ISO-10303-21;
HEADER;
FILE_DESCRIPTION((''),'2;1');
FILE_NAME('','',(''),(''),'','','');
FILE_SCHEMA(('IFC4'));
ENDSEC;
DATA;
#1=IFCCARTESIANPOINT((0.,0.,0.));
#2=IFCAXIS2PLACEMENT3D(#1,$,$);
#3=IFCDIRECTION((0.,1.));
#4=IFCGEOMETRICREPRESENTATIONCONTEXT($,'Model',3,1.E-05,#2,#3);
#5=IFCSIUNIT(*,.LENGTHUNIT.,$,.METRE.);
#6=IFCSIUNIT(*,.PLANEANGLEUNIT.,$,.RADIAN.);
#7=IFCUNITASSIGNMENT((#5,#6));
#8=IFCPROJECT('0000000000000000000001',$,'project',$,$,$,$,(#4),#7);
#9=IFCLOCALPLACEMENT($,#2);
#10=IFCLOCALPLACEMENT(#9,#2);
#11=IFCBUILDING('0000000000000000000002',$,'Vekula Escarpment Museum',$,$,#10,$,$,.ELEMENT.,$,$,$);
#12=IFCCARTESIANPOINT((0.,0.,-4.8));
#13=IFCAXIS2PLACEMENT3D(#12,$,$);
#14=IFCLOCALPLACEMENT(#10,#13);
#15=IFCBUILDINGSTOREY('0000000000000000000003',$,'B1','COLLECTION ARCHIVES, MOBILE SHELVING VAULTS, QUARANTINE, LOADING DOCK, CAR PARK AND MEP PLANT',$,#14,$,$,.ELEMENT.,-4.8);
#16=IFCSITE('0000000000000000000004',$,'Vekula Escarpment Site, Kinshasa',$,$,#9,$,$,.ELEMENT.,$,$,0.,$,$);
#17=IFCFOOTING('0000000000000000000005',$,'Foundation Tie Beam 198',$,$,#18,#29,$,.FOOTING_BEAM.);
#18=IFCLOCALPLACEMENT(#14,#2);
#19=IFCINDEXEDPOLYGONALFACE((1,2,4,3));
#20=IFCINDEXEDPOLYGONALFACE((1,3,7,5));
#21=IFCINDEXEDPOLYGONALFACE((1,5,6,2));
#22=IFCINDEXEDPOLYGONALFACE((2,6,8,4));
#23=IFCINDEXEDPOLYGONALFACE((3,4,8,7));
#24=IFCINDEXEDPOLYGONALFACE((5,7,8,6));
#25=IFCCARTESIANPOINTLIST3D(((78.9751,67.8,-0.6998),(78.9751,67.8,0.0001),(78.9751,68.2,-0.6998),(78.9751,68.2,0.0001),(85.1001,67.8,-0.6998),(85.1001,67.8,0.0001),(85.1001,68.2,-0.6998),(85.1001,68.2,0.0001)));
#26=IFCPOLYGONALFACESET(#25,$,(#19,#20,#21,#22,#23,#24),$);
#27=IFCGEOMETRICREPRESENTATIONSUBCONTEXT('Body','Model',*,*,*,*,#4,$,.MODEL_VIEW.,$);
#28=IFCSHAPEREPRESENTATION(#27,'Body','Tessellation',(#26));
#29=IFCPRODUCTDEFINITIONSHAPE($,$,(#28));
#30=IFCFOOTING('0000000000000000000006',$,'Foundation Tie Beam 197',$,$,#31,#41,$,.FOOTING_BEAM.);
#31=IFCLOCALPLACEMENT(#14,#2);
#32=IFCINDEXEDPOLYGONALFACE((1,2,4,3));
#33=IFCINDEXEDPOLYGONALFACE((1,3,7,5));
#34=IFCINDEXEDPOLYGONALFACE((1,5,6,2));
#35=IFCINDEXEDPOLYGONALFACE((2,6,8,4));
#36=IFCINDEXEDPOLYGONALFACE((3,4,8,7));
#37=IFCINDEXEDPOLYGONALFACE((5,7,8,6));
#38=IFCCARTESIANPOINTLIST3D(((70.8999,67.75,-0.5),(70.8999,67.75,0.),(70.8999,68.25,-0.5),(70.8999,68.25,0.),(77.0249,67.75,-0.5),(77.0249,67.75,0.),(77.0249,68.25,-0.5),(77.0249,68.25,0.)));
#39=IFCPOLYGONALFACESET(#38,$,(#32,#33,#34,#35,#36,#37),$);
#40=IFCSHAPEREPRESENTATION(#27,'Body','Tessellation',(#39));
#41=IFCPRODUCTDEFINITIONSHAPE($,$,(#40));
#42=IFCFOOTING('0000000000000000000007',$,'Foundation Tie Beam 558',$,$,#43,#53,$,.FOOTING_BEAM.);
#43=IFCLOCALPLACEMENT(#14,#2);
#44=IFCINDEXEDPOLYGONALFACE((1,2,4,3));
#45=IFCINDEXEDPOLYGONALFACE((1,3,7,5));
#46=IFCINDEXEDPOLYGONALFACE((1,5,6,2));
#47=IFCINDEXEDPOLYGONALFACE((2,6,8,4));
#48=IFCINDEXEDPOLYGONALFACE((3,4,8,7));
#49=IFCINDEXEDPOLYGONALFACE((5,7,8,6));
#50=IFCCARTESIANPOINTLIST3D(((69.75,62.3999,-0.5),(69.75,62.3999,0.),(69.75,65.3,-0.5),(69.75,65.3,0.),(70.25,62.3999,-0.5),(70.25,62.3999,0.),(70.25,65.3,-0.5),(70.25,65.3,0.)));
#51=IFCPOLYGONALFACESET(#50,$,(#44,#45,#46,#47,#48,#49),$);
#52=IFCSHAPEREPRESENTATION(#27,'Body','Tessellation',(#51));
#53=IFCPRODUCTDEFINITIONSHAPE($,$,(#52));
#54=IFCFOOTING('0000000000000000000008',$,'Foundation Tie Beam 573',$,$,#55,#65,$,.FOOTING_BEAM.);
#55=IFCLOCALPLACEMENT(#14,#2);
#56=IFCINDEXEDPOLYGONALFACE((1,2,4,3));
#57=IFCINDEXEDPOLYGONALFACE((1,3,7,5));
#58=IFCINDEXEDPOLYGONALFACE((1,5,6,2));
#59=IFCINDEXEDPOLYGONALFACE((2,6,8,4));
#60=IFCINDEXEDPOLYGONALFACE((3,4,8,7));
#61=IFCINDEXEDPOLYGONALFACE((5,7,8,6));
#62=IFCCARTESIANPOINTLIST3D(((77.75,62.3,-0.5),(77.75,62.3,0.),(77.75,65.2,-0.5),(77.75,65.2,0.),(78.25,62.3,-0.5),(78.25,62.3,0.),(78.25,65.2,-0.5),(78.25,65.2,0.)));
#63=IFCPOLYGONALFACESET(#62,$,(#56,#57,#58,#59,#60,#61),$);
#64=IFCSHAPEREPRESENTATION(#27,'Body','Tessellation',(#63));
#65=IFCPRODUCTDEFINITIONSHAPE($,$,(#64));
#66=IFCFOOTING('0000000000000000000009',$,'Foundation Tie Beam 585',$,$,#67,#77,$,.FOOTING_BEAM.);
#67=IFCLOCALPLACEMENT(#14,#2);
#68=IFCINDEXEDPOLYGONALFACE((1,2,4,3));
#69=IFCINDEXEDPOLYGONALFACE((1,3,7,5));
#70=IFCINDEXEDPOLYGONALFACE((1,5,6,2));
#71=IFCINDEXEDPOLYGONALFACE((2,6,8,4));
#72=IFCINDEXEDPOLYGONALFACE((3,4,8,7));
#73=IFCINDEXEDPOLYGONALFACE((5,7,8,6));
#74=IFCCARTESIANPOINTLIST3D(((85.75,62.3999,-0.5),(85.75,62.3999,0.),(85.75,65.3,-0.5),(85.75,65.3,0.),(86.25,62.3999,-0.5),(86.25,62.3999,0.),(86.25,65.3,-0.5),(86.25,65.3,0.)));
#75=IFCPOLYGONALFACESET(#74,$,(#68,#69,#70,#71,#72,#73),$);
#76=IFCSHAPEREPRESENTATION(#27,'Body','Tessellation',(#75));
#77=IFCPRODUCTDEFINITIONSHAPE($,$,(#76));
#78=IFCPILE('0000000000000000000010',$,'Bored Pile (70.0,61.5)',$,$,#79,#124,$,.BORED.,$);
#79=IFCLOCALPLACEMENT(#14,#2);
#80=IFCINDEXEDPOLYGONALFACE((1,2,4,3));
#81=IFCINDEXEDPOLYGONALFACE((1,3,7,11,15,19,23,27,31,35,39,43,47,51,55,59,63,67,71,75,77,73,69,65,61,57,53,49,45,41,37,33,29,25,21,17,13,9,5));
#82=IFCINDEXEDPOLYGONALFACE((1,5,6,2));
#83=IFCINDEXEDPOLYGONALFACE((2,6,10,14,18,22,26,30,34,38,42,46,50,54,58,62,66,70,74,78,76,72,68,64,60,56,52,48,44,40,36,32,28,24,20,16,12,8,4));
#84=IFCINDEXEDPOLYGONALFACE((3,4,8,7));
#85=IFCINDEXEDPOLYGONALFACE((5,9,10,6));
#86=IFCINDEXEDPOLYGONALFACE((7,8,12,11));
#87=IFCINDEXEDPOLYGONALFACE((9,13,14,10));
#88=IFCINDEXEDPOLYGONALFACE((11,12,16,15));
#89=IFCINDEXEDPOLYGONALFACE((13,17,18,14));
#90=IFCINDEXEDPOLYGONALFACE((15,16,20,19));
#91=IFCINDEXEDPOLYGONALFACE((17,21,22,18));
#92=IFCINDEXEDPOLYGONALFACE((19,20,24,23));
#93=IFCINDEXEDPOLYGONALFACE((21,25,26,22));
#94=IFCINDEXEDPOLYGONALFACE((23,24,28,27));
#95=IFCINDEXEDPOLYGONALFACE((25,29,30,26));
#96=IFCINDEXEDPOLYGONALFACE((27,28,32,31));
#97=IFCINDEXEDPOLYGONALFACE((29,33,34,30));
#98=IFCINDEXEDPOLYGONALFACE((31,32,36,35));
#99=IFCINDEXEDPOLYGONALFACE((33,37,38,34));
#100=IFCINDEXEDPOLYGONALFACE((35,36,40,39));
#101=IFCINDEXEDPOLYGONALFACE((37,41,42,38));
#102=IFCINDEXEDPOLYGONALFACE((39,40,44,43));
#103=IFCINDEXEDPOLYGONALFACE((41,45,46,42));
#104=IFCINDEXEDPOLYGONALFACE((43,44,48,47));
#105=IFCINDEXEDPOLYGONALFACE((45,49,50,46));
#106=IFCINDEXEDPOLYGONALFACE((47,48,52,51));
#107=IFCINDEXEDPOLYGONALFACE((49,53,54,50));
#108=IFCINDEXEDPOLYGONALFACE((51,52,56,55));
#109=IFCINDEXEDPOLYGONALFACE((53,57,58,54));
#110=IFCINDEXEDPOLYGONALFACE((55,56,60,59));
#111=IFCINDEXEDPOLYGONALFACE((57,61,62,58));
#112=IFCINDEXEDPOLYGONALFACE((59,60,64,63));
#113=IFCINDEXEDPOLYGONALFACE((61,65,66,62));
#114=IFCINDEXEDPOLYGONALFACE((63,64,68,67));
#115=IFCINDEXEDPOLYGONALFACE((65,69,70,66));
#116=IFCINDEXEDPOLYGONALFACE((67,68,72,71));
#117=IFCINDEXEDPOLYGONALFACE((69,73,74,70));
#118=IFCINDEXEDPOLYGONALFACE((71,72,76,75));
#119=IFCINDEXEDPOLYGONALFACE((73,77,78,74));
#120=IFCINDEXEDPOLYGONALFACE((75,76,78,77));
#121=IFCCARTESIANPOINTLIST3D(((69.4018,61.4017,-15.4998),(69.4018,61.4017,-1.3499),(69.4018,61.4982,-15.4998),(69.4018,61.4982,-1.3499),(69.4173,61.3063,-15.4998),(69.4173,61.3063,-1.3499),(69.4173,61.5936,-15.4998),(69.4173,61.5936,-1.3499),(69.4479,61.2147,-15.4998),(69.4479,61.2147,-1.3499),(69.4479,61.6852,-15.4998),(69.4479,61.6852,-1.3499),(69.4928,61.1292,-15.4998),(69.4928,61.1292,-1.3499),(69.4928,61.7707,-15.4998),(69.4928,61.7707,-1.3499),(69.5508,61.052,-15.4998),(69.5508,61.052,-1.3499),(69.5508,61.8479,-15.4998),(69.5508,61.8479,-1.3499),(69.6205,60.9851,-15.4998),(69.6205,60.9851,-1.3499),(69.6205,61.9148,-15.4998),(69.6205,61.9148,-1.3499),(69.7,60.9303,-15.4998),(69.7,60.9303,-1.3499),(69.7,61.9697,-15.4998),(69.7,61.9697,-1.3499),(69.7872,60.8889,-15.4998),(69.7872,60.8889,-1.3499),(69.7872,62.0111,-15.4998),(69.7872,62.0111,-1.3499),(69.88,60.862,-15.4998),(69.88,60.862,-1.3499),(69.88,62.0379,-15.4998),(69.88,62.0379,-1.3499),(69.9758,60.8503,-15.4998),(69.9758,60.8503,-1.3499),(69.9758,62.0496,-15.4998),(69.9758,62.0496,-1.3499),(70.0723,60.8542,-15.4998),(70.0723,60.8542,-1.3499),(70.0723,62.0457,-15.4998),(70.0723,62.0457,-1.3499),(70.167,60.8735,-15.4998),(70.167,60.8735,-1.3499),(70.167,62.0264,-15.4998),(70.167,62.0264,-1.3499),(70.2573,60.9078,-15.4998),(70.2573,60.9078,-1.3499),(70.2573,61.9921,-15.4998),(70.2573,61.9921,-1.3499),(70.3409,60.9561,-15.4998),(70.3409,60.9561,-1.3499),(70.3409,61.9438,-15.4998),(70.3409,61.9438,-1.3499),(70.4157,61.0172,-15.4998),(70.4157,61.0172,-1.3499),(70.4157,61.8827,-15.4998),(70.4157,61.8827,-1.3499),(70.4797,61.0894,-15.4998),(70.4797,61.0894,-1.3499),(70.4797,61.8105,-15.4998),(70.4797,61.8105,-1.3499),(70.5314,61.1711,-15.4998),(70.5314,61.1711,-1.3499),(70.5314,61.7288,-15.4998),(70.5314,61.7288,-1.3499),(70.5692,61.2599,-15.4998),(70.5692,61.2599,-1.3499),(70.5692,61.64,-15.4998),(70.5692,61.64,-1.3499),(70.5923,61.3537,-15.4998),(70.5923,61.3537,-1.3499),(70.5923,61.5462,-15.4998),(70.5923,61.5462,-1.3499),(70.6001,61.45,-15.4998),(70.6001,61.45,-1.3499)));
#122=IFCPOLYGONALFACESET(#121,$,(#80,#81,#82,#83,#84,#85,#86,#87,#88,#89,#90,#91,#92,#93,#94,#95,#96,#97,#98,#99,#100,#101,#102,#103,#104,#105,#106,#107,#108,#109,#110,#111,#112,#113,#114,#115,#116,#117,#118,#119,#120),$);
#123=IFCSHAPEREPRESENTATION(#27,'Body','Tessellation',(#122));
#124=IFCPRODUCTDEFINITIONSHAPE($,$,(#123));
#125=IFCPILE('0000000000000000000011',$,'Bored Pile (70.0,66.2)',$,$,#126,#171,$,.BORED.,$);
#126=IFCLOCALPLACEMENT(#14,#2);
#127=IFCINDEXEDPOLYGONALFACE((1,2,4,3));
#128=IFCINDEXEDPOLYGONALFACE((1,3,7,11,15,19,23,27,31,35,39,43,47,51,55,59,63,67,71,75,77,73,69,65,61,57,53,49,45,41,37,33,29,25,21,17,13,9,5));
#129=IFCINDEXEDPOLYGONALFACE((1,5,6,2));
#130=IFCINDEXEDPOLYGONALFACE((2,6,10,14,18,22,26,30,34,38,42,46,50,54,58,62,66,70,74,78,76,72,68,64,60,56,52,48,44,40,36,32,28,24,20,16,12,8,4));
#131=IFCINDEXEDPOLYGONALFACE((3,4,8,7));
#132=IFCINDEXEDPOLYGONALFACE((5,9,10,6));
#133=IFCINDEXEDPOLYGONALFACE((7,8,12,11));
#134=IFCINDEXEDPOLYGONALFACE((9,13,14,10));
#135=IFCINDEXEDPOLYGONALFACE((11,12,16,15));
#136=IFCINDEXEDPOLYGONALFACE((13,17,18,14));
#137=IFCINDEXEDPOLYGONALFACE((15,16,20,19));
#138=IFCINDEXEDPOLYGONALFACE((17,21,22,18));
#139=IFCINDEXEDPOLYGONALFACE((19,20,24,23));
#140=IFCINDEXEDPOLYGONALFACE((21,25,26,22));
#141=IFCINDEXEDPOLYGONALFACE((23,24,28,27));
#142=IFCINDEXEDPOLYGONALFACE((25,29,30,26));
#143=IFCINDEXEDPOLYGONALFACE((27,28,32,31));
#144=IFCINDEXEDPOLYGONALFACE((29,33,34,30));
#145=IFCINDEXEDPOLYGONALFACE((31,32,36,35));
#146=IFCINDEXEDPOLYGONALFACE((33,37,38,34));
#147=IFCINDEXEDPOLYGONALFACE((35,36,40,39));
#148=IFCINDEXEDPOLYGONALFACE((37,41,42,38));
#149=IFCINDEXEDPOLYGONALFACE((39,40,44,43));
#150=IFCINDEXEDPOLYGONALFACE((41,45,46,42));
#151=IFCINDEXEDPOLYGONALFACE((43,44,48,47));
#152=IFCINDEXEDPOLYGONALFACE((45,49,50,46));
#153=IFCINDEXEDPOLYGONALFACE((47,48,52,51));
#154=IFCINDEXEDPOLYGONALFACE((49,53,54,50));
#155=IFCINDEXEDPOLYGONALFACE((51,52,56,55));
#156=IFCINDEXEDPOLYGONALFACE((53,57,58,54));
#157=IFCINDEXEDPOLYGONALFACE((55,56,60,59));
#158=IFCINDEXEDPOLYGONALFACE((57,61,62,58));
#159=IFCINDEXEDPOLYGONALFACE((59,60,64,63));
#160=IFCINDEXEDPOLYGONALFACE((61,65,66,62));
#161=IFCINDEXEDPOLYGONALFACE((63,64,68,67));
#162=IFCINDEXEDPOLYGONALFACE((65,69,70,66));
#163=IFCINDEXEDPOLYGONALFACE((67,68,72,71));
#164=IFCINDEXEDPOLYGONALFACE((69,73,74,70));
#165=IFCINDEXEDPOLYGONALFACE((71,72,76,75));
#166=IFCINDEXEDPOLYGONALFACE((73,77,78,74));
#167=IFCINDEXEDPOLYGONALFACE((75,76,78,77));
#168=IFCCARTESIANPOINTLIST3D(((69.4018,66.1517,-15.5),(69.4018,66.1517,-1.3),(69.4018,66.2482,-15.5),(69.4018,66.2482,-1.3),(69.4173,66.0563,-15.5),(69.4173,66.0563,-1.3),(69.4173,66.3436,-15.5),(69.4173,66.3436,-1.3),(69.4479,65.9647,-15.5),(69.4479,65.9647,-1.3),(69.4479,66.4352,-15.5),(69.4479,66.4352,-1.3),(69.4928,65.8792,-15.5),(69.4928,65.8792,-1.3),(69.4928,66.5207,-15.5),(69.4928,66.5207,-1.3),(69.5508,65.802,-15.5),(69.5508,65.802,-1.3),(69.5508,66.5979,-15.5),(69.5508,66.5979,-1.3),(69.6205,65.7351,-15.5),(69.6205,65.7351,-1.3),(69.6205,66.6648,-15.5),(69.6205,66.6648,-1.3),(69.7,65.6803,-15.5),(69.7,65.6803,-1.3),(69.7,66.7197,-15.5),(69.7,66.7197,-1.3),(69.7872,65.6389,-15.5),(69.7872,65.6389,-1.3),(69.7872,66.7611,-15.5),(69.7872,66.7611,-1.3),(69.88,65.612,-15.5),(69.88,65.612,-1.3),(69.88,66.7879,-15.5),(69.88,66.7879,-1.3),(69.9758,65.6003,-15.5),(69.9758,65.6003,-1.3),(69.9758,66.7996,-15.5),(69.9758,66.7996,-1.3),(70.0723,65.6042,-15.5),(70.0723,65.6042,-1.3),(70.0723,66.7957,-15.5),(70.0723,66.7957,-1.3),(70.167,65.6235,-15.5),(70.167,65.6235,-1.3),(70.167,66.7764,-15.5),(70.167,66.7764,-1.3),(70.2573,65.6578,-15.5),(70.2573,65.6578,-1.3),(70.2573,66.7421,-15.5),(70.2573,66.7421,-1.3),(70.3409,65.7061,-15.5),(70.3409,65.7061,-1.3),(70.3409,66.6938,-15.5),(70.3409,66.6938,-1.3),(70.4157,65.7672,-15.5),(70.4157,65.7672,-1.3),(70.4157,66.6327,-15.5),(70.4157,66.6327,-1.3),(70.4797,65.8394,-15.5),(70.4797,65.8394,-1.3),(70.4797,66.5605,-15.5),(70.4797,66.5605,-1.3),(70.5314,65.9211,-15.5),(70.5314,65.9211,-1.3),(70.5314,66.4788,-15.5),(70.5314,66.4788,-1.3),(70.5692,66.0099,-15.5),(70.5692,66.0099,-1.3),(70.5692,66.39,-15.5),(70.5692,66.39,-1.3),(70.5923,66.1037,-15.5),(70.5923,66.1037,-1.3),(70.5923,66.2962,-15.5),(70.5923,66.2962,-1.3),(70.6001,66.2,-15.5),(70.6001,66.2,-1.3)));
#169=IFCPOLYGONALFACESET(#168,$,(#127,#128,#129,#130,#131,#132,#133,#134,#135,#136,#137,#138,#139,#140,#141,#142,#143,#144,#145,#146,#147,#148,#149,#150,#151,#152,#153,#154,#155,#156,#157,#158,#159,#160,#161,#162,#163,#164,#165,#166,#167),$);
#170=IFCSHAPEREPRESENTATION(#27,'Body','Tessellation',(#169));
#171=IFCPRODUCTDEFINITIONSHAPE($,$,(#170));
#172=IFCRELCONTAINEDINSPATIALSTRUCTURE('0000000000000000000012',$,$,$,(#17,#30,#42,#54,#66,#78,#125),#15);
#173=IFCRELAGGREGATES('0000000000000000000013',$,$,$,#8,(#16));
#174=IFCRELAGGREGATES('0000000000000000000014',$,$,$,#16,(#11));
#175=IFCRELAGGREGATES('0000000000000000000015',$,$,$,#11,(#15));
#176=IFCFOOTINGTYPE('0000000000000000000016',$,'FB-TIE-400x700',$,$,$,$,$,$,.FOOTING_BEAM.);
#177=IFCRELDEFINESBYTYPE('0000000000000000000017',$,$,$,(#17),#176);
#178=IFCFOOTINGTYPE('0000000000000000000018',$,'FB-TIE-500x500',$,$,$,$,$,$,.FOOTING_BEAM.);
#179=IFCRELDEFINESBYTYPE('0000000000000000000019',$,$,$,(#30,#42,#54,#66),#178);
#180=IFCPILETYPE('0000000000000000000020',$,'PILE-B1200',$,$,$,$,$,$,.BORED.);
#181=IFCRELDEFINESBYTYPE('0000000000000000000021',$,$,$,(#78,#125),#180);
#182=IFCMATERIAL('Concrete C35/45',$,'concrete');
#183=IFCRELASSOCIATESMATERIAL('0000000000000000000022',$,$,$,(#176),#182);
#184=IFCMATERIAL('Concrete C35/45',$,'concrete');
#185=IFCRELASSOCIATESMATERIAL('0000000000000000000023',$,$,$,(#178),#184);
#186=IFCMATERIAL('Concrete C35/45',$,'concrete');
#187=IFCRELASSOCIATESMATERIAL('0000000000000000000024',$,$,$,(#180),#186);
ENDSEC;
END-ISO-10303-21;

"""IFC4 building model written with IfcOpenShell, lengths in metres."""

from ifc_helpers import new_model, si_unit, direction, frame, origin, origin_2d, place, context, subcontext, project, spatial, rectangle, circle, extrude, material, material_profile, profile_set, type_object, element, save


model = new_model("IFC4")

# Units and contexts
model_context = context("Model", 3, precision=1e-05, world=origin(), true_north=direction((0.0, 1.0)))
body_context = subcontext(model_context, "Body", "Model", "MODEL_VIEW")
ifc_project = project(units=[si_unit("LENGTHUNIT", "METRE"), si_unit("PLANEANGLEUNIT", "RADIAN")], contexts=[model_context])

# Site, building, storey
site_placement = place(None, origin())
site = spatial("IfcSite", under=ifc_project, at=site_placement, Name="Vekula Escarpment Site, Kinshasa", CompositionType="ELEMENT", RefElevation=0.0)
building_placement = place(site_placement, origin())
building = spatial("IfcBuilding", under=site, at=building_placement, Name="Vekula Escarpment Museum", CompositionType="ELEMENT")
storey_placement = place(building_placement, frame((0.0, 0.0, -4.8)))
storey = spatial("IfcBuildingStorey", under=building, at=storey_placement, Name="B1", Description="COLLECTION ARCHIVES, MOBILE SHELVING VAULTS, QUARANTINE, LOADING DOCK, CAR PARK AND MEP PLANT", CompositionType="ELEMENT", Elevation=-4.8)

# Footings
ifc_material_1 = material(Name="Concrete C35/45", Category="concrete")
ifc_material_profile_1 = material_profile(ifc_material_1, rectangle(XDim=0.3999, YDim=0.7, at=origin_2d()), Name="RC 400x700")
ifc_profile_set_1 = profile_set([ifc_material_profile_1], Name="Concrete C35/45")
footing_type_1 = type_object("IfcFootingType", Name="FB-TIE-400x700", PredefinedType="FOOTING_BEAM", material=ifc_profile_set_1)
footing_1_placement = place(storey_placement, frame((78.9751, 68.0, -0.3499), z_axis=(1.0, 0.0, 0.0), x_axis=(0.0, 1.0, 0.0)))
element("IfcFooting", 1, at=footing_1_placement, inside=storey, type_object=footing_type_1, Name="Foundation Tie Beam 198", PredefinedType="FOOTING_BEAM", context=body_context, shape_type="SweptSolid", body=[
    extrude(rectangle(XDim=0.3999, YDim=0.7, at=origin_2d()), origin(), (0.0, 0.0, 1.0), 6.125),
])
ifc_material_2 = material(Name="Concrete C35/45", Category="concrete")
ifc_material_profile_2 = material_profile(ifc_material_2, rectangle(XDim=0.5, YDim=0.5, at=origin_2d()), Name="RC 500x500")
ifc_profile_set_2 = profile_set([ifc_material_profile_2], Name="Concrete C35/45")
footing_type_2 = type_object("IfcFootingType", Name="FB-TIE-500x500", PredefinedType="FOOTING_BEAM", material=ifc_profile_set_2)
footing_2_placement = place(storey_placement, frame((70.8999, 68.0, -0.25), z_axis=(1.0, 0.0, 0.0), x_axis=(0.0, 1.0, 0.0)))
element("IfcFooting", 2, at=footing_2_placement, inside=storey, type_object=footing_type_2, Name="Foundation Tie Beam 197", PredefinedType="FOOTING_BEAM", context=body_context, shape_type="SweptSolid", body=[
    extrude(rectangle(XDim=0.5, YDim=0.5, at=origin_2d()), origin(), (0.0, 0.0, 1.0), 6.125),
])
footing_3_placement = place(storey_placement, frame((70.0, 62.3999, -0.25), z_axis=(0.0, 1.0, 0.0), x_axis=(-1.0, 0.0, 0.0)))
element("IfcFooting", 3, at=footing_3_placement, inside=storey, type_object=footing_type_2, Name="Foundation Tie Beam 558", PredefinedType="FOOTING_BEAM", context=body_context, shape_type="SweptSolid", body=[
    extrude(rectangle(XDim=0.5, YDim=0.5, at=origin_2d()), origin(), (0.0, 0.0, 1.0), 2.9001),
])
footing_4_placement = place(storey_placement, frame((78.0, 62.3, -0.25), z_axis=(0.0, 1.0, 0.0), x_axis=(-1.0, 0.0, 0.0)))
element("IfcFooting", 4, at=footing_4_placement, inside=storey, type_object=footing_type_2, Name="Foundation Tie Beam 573", PredefinedType="FOOTING_BEAM", context=body_context, shape_type="SweptSolid", body=[
    extrude(rectangle(XDim=0.5, YDim=0.5, at=origin_2d()), origin(), (0.0, 0.0, 1.0), 2.8999),
])
footing_5_placement = place(storey_placement, frame((86.0, 62.3999, -0.25), z_axis=(0.0, 1.0, 0.0), x_axis=(-1.0, 0.0, 0.0)))
element("IfcFooting", 5, at=footing_5_placement, inside=storey, type_object=footing_type_2, Name="Foundation Tie Beam 585", PredefinedType="FOOTING_BEAM", context=body_context, shape_type="SweptSolid", body=[
    extrude(rectangle(XDim=0.5, YDim=0.5, at=origin_2d()), origin(), (0.0, 0.0, 1.0), 2.9001),
])

# Piles
ifc_material_3 = material(Name="Concrete C35/45", Category="concrete")
ifc_material_profile_3 = material_profile(ifc_material_3, circle(Radius=0.6001, at=origin_2d()), Name="BORED PILE 1200")
ifc_profile_set_3 = profile_set([ifc_material_profile_3], Name="Concrete C35/45")
pile_type = type_object("IfcPileType", Name="PILE-B1200", PredefinedType="BORED", material=ifc_profile_set_3)
pile_placement = place(storey_placement, frame((70.0, 61.45, -1.3499), z_axis=(0.0, 0.0, -1.0), x_axis=(1.0, 0.0, 0.0)))
element("IfcPile", 6, at=pile_placement, inside=storey, type_object=pile_type, Name="Bored Pile (70.0,61.5)", PredefinedType="BORED", context=body_context, shape_type="SweptSolid", body=[
    extrude(circle(Radius=0.6001, at=origin_2d()), origin(), (0.0, 0.0, 1.0), 14.1499),
])
for number, where, z_axis, x_axis, name in (
    (7, (70.0, 66.2, -1.3), (0.0, 0.0, -1.0), (1.0, 0.0, 0.0), "Bored Pile (70.0,66.2)"),
):
    element("IfcPile", number, at=place(storey_placement, frame(where, z_axis=z_axis, x_axis=x_axis)), inside=storey, type_object=pile_type, Name=name, PredefinedType="BORED", context=body_context, shape_type="SweptSolid", body=[
        extrude(circle(Radius=0.6001, at=origin_2d()), origin(), (0.0, 0.0, 1.0), 14.2),
    ])

save(model, "model.ifc")
